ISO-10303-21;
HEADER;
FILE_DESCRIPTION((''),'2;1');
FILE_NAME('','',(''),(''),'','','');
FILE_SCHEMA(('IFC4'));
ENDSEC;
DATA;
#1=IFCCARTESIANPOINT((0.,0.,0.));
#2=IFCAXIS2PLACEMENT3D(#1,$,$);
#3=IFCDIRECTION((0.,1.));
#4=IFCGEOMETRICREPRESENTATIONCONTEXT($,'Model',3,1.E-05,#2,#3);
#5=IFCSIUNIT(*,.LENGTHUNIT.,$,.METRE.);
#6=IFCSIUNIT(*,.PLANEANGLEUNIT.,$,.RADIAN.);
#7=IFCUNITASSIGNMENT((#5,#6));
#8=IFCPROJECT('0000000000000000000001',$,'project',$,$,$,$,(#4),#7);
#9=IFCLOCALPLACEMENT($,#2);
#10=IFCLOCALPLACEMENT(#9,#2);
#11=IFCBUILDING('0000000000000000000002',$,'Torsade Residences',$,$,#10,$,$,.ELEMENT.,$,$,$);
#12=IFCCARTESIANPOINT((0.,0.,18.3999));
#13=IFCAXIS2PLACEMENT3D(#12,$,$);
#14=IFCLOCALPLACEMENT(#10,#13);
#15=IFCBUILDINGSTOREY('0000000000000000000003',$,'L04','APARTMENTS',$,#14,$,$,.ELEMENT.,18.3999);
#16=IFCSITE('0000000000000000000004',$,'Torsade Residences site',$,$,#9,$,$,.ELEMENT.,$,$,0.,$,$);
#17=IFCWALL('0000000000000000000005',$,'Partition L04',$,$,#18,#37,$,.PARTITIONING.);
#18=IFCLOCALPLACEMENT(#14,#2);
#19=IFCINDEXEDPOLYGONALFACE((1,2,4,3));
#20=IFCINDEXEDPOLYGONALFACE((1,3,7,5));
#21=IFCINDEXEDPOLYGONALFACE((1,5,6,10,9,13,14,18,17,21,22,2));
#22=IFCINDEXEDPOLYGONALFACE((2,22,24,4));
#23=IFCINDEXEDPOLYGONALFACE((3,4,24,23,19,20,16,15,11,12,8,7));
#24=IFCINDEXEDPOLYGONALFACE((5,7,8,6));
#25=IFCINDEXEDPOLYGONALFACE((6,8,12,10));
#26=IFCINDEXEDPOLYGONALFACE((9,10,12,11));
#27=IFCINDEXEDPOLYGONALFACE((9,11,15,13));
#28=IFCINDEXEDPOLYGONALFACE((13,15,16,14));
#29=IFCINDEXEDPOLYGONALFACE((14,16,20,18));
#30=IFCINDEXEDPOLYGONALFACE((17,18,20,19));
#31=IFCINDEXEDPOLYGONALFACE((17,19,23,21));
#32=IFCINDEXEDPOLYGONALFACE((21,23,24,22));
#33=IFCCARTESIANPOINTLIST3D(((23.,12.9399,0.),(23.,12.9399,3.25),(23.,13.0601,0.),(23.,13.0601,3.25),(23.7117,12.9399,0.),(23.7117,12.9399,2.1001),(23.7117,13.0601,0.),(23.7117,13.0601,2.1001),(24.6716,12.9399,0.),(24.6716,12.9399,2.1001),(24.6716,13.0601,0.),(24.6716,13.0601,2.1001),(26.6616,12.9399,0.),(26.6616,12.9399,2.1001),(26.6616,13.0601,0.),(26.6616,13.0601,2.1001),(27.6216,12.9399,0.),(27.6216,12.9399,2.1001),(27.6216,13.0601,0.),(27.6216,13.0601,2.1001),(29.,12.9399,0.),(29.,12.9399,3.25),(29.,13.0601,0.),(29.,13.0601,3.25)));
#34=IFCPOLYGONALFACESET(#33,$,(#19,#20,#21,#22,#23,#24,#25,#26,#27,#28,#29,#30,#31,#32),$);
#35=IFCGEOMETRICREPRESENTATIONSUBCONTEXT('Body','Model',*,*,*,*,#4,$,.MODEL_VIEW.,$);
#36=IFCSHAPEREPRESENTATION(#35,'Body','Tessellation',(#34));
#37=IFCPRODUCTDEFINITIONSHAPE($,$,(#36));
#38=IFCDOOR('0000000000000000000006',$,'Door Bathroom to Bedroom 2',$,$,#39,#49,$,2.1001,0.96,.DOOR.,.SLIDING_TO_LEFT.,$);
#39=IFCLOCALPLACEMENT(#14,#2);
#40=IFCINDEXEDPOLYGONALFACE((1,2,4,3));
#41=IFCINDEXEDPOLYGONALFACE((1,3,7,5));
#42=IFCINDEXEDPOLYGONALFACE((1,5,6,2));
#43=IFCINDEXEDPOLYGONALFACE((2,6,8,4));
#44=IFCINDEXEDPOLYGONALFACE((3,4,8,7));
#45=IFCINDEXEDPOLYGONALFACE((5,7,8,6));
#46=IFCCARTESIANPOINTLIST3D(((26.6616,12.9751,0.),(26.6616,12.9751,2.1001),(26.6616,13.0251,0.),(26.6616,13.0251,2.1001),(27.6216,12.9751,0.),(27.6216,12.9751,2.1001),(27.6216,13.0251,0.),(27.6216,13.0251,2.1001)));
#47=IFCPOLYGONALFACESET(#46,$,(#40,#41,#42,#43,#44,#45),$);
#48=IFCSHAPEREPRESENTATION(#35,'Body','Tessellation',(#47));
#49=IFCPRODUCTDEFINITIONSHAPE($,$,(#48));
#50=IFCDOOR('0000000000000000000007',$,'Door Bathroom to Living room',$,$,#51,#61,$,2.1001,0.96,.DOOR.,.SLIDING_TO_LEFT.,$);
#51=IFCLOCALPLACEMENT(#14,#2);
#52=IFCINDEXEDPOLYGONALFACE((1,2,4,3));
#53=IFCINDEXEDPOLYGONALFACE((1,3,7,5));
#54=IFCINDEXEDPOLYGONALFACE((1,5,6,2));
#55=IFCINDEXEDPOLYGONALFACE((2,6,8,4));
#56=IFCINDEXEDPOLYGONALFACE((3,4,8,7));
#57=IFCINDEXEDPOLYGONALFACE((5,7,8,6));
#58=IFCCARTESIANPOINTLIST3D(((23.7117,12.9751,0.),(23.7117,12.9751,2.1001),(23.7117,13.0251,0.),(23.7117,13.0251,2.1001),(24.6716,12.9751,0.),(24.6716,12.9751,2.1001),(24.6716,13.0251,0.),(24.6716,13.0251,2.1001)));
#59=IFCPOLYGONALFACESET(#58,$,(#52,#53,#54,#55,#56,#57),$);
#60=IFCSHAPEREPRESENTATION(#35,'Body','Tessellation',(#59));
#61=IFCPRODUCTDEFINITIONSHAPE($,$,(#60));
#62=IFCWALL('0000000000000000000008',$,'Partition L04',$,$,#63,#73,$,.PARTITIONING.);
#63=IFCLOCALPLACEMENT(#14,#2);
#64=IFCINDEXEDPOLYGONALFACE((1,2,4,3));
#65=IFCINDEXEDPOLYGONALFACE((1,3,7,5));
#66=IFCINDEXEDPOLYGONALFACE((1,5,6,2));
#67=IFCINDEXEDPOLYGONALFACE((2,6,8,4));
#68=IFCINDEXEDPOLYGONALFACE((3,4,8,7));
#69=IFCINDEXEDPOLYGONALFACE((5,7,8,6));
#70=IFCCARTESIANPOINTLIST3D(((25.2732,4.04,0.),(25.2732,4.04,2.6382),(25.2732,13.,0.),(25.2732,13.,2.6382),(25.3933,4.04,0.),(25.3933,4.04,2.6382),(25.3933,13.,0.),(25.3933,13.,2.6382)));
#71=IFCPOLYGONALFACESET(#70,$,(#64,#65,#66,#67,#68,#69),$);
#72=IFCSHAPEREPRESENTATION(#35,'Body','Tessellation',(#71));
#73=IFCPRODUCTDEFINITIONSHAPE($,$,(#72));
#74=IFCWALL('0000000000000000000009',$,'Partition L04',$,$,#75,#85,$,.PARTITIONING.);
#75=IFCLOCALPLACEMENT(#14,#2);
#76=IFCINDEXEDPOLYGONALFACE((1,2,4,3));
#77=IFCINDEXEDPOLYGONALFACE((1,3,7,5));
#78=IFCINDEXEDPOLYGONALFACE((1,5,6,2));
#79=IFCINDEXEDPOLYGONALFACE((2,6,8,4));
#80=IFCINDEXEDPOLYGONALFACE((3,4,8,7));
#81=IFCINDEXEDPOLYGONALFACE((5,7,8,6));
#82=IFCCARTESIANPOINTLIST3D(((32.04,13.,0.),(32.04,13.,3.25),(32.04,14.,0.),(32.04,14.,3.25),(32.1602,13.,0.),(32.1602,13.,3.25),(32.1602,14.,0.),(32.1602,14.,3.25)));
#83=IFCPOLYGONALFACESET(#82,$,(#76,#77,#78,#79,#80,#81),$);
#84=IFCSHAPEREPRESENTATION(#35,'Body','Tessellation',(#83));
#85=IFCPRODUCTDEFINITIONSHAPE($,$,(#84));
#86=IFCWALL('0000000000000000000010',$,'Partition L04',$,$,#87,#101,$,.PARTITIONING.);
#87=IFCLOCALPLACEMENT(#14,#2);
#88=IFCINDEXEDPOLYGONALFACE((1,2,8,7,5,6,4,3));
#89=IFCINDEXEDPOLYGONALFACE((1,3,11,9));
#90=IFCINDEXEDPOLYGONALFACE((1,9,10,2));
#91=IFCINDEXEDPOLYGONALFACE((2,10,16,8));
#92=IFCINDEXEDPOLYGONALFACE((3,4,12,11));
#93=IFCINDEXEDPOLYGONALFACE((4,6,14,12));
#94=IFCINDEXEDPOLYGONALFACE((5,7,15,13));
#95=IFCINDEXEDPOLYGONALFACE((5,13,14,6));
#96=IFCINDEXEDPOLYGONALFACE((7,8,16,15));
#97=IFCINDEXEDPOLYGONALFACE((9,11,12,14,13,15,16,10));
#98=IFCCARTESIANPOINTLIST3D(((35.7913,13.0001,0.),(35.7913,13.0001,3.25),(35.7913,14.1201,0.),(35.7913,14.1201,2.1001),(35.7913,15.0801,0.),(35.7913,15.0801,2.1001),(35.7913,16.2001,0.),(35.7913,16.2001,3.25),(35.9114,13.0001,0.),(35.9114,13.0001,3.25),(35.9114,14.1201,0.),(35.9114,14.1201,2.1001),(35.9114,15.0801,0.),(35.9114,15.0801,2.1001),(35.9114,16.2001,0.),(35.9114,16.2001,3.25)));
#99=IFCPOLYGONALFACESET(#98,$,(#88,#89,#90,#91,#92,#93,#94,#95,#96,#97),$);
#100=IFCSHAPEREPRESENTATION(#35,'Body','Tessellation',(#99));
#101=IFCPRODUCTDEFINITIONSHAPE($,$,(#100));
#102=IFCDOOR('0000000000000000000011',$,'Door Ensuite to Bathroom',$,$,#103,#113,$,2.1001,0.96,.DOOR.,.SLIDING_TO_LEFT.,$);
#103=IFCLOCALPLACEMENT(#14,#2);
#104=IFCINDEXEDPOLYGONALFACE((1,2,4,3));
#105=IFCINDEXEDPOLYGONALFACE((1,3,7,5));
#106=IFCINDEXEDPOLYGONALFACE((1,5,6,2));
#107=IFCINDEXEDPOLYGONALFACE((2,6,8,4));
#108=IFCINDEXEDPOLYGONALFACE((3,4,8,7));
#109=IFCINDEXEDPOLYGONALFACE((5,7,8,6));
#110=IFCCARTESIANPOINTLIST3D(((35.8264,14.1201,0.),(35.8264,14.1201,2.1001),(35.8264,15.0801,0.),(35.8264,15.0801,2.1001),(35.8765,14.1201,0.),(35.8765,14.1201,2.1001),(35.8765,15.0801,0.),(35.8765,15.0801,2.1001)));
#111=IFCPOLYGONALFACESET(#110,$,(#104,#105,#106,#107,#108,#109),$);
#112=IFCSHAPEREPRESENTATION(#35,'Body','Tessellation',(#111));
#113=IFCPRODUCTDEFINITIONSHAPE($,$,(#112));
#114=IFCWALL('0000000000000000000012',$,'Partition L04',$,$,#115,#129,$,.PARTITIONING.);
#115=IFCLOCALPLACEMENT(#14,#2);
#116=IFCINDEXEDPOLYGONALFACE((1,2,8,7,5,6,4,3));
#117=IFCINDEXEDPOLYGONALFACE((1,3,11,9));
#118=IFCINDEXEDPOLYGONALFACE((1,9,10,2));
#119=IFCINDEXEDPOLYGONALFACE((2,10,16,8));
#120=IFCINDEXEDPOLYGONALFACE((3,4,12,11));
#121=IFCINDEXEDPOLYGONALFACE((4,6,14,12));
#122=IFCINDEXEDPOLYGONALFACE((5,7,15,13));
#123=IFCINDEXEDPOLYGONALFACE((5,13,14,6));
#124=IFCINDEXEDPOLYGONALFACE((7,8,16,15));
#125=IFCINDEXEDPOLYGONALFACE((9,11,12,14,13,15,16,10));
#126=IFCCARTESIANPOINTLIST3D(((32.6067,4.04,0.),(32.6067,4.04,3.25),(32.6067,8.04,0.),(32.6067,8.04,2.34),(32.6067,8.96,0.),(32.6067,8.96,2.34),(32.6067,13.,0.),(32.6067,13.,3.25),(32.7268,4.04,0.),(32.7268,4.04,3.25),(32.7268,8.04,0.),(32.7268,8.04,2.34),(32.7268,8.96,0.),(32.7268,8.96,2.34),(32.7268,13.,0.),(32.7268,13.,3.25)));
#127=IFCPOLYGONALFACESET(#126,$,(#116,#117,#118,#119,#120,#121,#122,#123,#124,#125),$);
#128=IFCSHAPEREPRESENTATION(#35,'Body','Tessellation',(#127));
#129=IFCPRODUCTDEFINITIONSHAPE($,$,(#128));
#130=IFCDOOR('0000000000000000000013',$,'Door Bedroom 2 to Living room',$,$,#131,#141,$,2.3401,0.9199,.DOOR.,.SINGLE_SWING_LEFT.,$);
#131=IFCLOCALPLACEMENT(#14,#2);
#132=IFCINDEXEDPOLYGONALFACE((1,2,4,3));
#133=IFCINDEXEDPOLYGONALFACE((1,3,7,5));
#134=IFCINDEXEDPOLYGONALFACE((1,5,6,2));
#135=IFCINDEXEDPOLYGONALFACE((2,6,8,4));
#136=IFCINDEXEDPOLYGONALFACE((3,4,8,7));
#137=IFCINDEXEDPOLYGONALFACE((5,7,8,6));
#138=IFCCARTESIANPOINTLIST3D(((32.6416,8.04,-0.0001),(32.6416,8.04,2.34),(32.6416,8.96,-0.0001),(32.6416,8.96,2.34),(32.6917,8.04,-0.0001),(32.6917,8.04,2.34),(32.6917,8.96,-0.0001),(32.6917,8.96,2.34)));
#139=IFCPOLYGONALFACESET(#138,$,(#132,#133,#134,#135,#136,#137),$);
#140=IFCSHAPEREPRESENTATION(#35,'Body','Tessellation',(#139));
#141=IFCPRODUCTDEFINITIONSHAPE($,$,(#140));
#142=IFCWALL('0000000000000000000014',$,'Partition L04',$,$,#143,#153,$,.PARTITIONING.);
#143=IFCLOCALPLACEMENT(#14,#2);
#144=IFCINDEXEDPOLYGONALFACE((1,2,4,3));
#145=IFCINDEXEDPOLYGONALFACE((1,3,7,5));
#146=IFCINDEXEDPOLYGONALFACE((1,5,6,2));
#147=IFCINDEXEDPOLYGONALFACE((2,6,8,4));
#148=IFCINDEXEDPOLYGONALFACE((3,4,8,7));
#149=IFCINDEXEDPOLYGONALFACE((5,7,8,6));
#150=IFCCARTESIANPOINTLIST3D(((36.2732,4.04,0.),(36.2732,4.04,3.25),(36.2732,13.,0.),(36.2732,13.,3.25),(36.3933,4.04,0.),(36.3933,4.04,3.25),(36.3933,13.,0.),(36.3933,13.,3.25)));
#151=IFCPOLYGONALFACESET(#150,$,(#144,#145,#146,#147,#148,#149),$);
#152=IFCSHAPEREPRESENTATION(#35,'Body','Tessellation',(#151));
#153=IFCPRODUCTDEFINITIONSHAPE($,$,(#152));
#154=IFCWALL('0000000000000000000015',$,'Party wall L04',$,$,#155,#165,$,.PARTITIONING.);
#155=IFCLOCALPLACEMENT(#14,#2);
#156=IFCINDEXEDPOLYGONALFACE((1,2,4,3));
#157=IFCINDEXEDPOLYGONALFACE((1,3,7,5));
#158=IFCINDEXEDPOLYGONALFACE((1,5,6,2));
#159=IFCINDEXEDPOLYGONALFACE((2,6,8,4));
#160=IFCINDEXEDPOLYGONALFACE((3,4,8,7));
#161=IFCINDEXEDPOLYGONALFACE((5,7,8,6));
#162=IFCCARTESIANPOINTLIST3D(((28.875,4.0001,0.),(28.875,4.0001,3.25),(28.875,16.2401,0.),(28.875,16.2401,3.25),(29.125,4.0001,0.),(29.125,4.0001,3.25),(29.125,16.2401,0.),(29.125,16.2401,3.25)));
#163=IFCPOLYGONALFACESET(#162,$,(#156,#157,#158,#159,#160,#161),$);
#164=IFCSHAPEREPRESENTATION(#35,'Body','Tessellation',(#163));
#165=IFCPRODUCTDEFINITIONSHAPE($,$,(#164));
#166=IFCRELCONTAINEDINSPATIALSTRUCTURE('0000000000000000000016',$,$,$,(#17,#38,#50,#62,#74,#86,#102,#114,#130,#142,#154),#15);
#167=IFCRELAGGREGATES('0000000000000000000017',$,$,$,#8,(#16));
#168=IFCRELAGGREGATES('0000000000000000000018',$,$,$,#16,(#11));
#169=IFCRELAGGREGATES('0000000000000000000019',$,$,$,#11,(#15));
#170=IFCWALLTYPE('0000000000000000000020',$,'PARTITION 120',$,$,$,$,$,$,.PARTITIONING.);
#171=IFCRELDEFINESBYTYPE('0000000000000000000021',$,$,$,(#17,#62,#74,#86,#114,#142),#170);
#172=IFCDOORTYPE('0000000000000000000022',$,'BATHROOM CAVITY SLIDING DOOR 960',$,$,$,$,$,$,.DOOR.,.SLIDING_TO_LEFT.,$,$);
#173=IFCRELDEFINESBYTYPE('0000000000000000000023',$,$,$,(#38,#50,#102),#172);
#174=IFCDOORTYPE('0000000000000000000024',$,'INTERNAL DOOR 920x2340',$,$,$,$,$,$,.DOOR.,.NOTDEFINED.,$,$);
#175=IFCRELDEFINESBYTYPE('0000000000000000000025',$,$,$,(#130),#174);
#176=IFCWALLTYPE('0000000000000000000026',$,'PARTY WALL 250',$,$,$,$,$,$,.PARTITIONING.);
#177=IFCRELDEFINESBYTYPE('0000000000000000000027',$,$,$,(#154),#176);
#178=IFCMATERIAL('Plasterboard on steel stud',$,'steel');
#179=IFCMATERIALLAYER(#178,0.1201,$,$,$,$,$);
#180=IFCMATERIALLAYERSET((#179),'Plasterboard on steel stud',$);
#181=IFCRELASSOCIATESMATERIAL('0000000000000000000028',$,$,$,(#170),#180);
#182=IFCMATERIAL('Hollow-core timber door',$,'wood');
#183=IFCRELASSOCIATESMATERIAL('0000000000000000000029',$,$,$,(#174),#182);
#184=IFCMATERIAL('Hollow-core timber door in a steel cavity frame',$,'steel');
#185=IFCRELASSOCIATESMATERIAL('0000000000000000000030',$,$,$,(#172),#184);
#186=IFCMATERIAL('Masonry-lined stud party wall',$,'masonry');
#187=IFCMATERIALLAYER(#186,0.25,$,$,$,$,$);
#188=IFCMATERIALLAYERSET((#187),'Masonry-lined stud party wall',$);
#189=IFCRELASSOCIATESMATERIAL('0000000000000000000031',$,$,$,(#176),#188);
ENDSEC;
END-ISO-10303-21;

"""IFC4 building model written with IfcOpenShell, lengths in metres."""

from ifc_helpers import new_model, si_unit, direction, frame, frame_2d, origin, place, context, subcontext, project, spatial, rectangle, extrude, material, layer, layer_set, type_object, element, fill, save


model = new_model("IFC4")

# Units and contexts
model_context = context("Model", 3, precision=1e-05, world=origin(), true_north=direction((0.0, 1.0)))
body_context = subcontext(model_context, "Body", "Model", "MODEL_VIEW")
ifc_project = project(units=[si_unit("LENGTHUNIT", "METRE"), si_unit("PLANEANGLEUNIT", "RADIAN")], contexts=[model_context])

# Site, building, storey
site_placement = place(None, origin())
site = spatial("IfcSite", under=ifc_project, at=site_placement, Name="Torsade Residences site", CompositionType="ELEMENT", RefElevation=0.0)
building_placement = place(site_placement, origin())
building = spatial("IfcBuilding", under=site, at=building_placement, Name="Torsade Residences", CompositionType="ELEMENT")
storey_placement = place(building_placement, frame((0.0, 0.0, 18.3999)))
storey = spatial("IfcBuildingStorey", under=building, at=storey_placement, Name="L04", Description="APARTMENTS", CompositionType="ELEMENT", Elevation=18.3999)

# Shared definitions
ifc_material_1 = material(Name="Plasterboard on steel stud", Category="steel")
ifc_layer_1 = layer(ifc_material_1, 0.1201)
ifc_layer_set_1 = layer_set([ifc_layer_1], Name="Plasterboard on steel stud")
wall_type_1 = type_object("IfcWallType", Name="PARTITION 120", PredefinedType="PARTITIONING", material=ifc_layer_set_1)
ifc_material_2 = material(Name="Hollow-core timber door", Category="wood")
door_type_1 = type_object("IfcDoorType", Name="INTERNAL DOOR 920x2340", OperationType="NOTDEFINED", PredefinedType="DOOR", material=ifc_material_2)

# Wall, openings, doors
wall_1_placement = place(storey_placement, frame((29.0, 13.0, 0.0), z_axis=(0.0, 0.0, 1.0), x_axis=(-1.0, 0.0, 0.0)))
wall_1 = element("IfcWall", 1, at=wall_1_placement, inside=storey, type_object=wall_type_1, Name="Partition L04", PredefinedType="PARTITIONING", context=body_context, shape_type="SweptSolid", body=[
    extrude(rectangle(XDim=6.0, YDim=0.1201, at=frame_2d((3.0, 0.0))), origin(), (0.0, 0.0, 1.0), 3.25),
])
opening_1_placement = place(wall_1_placement, frame((1.3784, 0.0, 0.0)))
opening_1 = element("IfcOpeningElement", 2, at=opening_1_placement, cuts=wall_1, PredefinedType="OPENING", context=body_context, shape_type="SweptSolid", body=[
    extrude(rectangle(XDim=0.96, YDim=2.1001, at=frame_2d((0.48, 1.05))), frame((0.0, 0.0701, 0.0), z_axis=(0.0, -1.0, 0.0), x_axis=(1.0, 0.0, 0.0)), (0.0, 0.0, 1.0), 0.1401),
])
opening_2_placement = place(wall_1_placement, frame((4.3284, 0.0, 0.0)))
opening_2 = element("IfcOpeningElement", 3, at=opening_2_placement, cuts=wall_1, PredefinedType="OPENING", context=body_context, shape_type="SweptSolid", body=[
    extrude(rectangle(XDim=0.96, YDim=2.1001, at=frame_2d((0.48, 1.05))), frame((0.0, 0.0701, 0.0), z_axis=(0.0, -1.0, 0.0), x_axis=(1.0, 0.0, 0.0)), (0.0, 0.0, 1.0), 0.1401),
])
ifc_material_3 = material(Name="Hollow-core timber door in a steel cavity frame", Category="steel")
door_type_2 = type_object("IfcDoorType", Name="BATHROOM CAVITY SLIDING DOOR 960", OperationType="SLIDING_TO_LEFT", PredefinedType="DOOR", material=ifc_material_3)
door_1_placement = place(opening_1_placement, origin())
door_1 = element("IfcDoor", 4, at=door_1_placement, inside=storey, type_object=door_type_2, Name="Door Bathroom to Bedroom 2", OperationType="SLIDING_TO_LEFT", OverallHeight=2.1001, OverallWidth=0.96, PredefinedType="DOOR", context=body_context, shape_type="SweptSolid", body=[
    extrude(rectangle(XDim=0.96, YDim=2.1001, at=frame_2d((0.48, 1.05))), frame((0.0, 0.0249, 0.0), z_axis=(0.0, -1.0, 0.0), x_axis=(1.0, 0.0, 0.0)), (0.0, 0.0, 1.0), 0.05),
])
fill(opening_1, door_1)
door_2_placement = place(opening_2_placement, origin())
door_2 = element("IfcDoor", 5, at=door_2_placement, inside=storey, type_object=door_type_2, Name="Door Bathroom to Living room", OperationType="SLIDING_TO_LEFT", OverallHeight=2.1001, OverallWidth=0.96, PredefinedType="DOOR", context=body_context, shape_type="SweptSolid", body=[
    extrude(rectangle(XDim=0.96, YDim=2.1001, at=frame_2d((0.48, 1.05))), frame((0.0, 0.0249, 0.0), z_axis=(0.0, -1.0, 0.0), x_axis=(1.0, 0.0, 0.0)), (0.0, 0.0, 1.0), 0.05),
])
fill(opening_2, door_2)

# Walls
wall_2_placement = place(storey_placement, frame((25.3333, 13.0, 0.0), z_axis=(0.0, 0.0, 1.0), x_axis=(0.0, -1.0, 0.0)))
element("IfcWall", 6, at=wall_2_placement, inside=storey, type_object=wall_type_1, Name="Partition L04", PredefinedType="PARTITIONING", context=body_context, shape_type="SweptSolid", body=[
    extrude(rectangle(XDim=8.96, YDim=0.1201, at=frame_2d((4.48, 0.0))), origin(), (0.0, 0.0, 1.0), 2.6382),
])
wall_3_placement = place(storey_placement, frame((32.1001, 13.0, 0.0), z_axis=(0.0, 0.0, 1.0), x_axis=(0.0, 1.0, 0.0)))
element("IfcWall", 7, at=wall_3_placement, inside=storey, type_object=wall_type_1, Name="Partition L04", PredefinedType="PARTITIONING", context=body_context, shape_type="SweptSolid", body=[
    extrude(rectangle(XDim=1.0, YDim=0.1201, at=frame_2d((0.5, 0.0))), origin(), (0.0, 0.0, 1.0), 3.25),
])

# Walls, openings, doors
wall_4_placement = place(storey_placement, frame((35.8513, 13.0, 0.0), z_axis=(0.0, 0.0, 1.0), x_axis=(0.0, 1.0, 0.0)))
wall_4 = element("IfcWall", 8, at=wall_4_placement, inside=storey, type_object=wall_type_1, Name="Partition L04", PredefinedType="PARTITIONING", context=body_context, shape_type="SweptSolid", body=[
    extrude(rectangle(XDim=3.2, YDim=0.1201, at=frame_2d((1.6001, 0.0))), origin(), (0.0, 0.0, 1.0), 3.25),
])
opening_3_placement = place(wall_4_placement, frame((1.1201, 0.0, 0.0)))
opening_3 = element("IfcOpeningElement", 9, at=opening_3_placement, cuts=wall_4, PredefinedType="OPENING", context=body_context, shape_type="SweptSolid", body=[
    extrude(rectangle(XDim=0.96, YDim=2.1001, at=frame_2d((0.48, 1.05))), frame((0.0, 0.0701, 0.0), z_axis=(0.0, -1.0, 0.0), x_axis=(1.0, 0.0, 0.0)), (0.0, 0.0, 1.0), 0.1401),
])
door_3_placement = place(opening_3_placement, origin())
door_3 = element("IfcDoor", 10, at=door_3_placement, inside=storey, type_object=door_type_2, Name="Door Ensuite to Bathroom", OperationType="SLIDING_TO_LEFT", OverallHeight=2.1001, OverallWidth=0.96, PredefinedType="DOOR", context=body_context, shape_type="SweptSolid", body=[
    extrude(rectangle(XDim=0.96, YDim=2.1001, at=frame_2d((0.48, 1.05))), frame((0.0, 0.0249, 0.0), z_axis=(0.0, -1.0, 0.0), x_axis=(1.0, 0.0, 0.0)), (0.0, 0.0, 1.0), 0.05),
])
fill(opening_3, door_3)
wall_5_placement = place(storey_placement, frame((32.6667, 13.0, 0.0), z_axis=(0.0, 0.0, 1.0), x_axis=(0.0, -1.0, 0.0)))
wall_5 = element("IfcWall", 11, at=wall_5_placement, inside=storey, type_object=wall_type_1, Name="Partition L04", PredefinedType="PARTITIONING", context=body_context, shape_type="SweptSolid", body=[
    extrude(rectangle(XDim=8.96, YDim=0.1201, at=frame_2d((4.48, 0.0))), origin(), (0.0, 0.0, 1.0), 3.25),
])
opening_4_placement = place(wall_5_placement, frame((4.04, 0.0, 0.0)))
opening_4 = element("IfcOpeningElement", 12, at=opening_4_placement, cuts=wall_5, PredefinedType="OPENING", context=body_context, shape_type="SweptSolid", body=[
    extrude(rectangle(XDim=0.9199, YDim=2.3401, at=frame_2d((0.46, 1.1699))), frame((0.0, 0.0701, 0.0), z_axis=(0.0, -1.0, 0.0), x_axis=(1.0, 0.0, 0.0)), (0.0, 0.0, 1.0), 0.1401),
])
door_4_placement = place(opening_4_placement, origin())
door_4 = element("IfcDoor", 13, at=door_4_placement, inside=storey, type_object=door_type_1, Name="Door Bedroom 2 to Living room", OperationType="SINGLE_SWING_LEFT", OverallHeight=2.3401, OverallWidth=0.9199, PredefinedType="DOOR", context=body_context, shape_type="SweptSolid", body=[
    extrude(rectangle(XDim=0.9199, YDim=2.3401, at=frame_2d((0.46, 1.1699))), frame((0.0, 0.0249, 0.0), z_axis=(0.0, -1.0, 0.0), x_axis=(1.0, 0.0, 0.0)), (0.0, 0.0, 1.0), 0.05),
])
fill(opening_4, door_4)

# Walls
wall_6_placement = place(storey_placement, frame((36.3333, 4.04, 0.0), z_axis=(0.0, 0.0, 1.0), x_axis=(0.0, 1.0, 0.0)))
element("IfcWall", 14, at=wall_6_placement, inside=storey, type_object=wall_type_1, Name="Partition L04", PredefinedType="PARTITIONING", context=body_context, shape_type="SweptSolid", body=[
    extrude(rectangle(XDim=8.96, YDim=0.1201, at=frame_2d((4.48, 0.0))), origin(), (0.0, 0.0, 1.0), 3.25),
])
ifc_material_4 = material(Name="Masonry-lined stud party wall", Category="masonry")
ifc_layer_2 = layer(ifc_material_4, 0.25)
ifc_layer_set_2 = layer_set([ifc_layer_2], Name="Masonry-lined stud party wall")
wall_type_2 = type_object("IfcWallType", Name="PARTY WALL 250", PredefinedType="PARTITIONING", material=ifc_layer_set_2)
wall_7_placement = place(storey_placement, frame((29.0, 4.0, 0.0), z_axis=(0.0, 0.0, 1.0), x_axis=(0.0, 1.0, 0.0)))
element("IfcWall", 15, at=wall_7_placement, inside=storey, type_object=wall_type_2, Name="Party wall L04", PredefinedType="PARTITIONING", context=body_context, shape_type="SweptSolid", body=[
    extrude(rectangle(XDim=12.24, YDim=0.25, at=frame_2d((6.1201, 0.0))), origin(), (0.0, 0.0, 1.0), 3.25),
])

save(model, "model.ifc")
